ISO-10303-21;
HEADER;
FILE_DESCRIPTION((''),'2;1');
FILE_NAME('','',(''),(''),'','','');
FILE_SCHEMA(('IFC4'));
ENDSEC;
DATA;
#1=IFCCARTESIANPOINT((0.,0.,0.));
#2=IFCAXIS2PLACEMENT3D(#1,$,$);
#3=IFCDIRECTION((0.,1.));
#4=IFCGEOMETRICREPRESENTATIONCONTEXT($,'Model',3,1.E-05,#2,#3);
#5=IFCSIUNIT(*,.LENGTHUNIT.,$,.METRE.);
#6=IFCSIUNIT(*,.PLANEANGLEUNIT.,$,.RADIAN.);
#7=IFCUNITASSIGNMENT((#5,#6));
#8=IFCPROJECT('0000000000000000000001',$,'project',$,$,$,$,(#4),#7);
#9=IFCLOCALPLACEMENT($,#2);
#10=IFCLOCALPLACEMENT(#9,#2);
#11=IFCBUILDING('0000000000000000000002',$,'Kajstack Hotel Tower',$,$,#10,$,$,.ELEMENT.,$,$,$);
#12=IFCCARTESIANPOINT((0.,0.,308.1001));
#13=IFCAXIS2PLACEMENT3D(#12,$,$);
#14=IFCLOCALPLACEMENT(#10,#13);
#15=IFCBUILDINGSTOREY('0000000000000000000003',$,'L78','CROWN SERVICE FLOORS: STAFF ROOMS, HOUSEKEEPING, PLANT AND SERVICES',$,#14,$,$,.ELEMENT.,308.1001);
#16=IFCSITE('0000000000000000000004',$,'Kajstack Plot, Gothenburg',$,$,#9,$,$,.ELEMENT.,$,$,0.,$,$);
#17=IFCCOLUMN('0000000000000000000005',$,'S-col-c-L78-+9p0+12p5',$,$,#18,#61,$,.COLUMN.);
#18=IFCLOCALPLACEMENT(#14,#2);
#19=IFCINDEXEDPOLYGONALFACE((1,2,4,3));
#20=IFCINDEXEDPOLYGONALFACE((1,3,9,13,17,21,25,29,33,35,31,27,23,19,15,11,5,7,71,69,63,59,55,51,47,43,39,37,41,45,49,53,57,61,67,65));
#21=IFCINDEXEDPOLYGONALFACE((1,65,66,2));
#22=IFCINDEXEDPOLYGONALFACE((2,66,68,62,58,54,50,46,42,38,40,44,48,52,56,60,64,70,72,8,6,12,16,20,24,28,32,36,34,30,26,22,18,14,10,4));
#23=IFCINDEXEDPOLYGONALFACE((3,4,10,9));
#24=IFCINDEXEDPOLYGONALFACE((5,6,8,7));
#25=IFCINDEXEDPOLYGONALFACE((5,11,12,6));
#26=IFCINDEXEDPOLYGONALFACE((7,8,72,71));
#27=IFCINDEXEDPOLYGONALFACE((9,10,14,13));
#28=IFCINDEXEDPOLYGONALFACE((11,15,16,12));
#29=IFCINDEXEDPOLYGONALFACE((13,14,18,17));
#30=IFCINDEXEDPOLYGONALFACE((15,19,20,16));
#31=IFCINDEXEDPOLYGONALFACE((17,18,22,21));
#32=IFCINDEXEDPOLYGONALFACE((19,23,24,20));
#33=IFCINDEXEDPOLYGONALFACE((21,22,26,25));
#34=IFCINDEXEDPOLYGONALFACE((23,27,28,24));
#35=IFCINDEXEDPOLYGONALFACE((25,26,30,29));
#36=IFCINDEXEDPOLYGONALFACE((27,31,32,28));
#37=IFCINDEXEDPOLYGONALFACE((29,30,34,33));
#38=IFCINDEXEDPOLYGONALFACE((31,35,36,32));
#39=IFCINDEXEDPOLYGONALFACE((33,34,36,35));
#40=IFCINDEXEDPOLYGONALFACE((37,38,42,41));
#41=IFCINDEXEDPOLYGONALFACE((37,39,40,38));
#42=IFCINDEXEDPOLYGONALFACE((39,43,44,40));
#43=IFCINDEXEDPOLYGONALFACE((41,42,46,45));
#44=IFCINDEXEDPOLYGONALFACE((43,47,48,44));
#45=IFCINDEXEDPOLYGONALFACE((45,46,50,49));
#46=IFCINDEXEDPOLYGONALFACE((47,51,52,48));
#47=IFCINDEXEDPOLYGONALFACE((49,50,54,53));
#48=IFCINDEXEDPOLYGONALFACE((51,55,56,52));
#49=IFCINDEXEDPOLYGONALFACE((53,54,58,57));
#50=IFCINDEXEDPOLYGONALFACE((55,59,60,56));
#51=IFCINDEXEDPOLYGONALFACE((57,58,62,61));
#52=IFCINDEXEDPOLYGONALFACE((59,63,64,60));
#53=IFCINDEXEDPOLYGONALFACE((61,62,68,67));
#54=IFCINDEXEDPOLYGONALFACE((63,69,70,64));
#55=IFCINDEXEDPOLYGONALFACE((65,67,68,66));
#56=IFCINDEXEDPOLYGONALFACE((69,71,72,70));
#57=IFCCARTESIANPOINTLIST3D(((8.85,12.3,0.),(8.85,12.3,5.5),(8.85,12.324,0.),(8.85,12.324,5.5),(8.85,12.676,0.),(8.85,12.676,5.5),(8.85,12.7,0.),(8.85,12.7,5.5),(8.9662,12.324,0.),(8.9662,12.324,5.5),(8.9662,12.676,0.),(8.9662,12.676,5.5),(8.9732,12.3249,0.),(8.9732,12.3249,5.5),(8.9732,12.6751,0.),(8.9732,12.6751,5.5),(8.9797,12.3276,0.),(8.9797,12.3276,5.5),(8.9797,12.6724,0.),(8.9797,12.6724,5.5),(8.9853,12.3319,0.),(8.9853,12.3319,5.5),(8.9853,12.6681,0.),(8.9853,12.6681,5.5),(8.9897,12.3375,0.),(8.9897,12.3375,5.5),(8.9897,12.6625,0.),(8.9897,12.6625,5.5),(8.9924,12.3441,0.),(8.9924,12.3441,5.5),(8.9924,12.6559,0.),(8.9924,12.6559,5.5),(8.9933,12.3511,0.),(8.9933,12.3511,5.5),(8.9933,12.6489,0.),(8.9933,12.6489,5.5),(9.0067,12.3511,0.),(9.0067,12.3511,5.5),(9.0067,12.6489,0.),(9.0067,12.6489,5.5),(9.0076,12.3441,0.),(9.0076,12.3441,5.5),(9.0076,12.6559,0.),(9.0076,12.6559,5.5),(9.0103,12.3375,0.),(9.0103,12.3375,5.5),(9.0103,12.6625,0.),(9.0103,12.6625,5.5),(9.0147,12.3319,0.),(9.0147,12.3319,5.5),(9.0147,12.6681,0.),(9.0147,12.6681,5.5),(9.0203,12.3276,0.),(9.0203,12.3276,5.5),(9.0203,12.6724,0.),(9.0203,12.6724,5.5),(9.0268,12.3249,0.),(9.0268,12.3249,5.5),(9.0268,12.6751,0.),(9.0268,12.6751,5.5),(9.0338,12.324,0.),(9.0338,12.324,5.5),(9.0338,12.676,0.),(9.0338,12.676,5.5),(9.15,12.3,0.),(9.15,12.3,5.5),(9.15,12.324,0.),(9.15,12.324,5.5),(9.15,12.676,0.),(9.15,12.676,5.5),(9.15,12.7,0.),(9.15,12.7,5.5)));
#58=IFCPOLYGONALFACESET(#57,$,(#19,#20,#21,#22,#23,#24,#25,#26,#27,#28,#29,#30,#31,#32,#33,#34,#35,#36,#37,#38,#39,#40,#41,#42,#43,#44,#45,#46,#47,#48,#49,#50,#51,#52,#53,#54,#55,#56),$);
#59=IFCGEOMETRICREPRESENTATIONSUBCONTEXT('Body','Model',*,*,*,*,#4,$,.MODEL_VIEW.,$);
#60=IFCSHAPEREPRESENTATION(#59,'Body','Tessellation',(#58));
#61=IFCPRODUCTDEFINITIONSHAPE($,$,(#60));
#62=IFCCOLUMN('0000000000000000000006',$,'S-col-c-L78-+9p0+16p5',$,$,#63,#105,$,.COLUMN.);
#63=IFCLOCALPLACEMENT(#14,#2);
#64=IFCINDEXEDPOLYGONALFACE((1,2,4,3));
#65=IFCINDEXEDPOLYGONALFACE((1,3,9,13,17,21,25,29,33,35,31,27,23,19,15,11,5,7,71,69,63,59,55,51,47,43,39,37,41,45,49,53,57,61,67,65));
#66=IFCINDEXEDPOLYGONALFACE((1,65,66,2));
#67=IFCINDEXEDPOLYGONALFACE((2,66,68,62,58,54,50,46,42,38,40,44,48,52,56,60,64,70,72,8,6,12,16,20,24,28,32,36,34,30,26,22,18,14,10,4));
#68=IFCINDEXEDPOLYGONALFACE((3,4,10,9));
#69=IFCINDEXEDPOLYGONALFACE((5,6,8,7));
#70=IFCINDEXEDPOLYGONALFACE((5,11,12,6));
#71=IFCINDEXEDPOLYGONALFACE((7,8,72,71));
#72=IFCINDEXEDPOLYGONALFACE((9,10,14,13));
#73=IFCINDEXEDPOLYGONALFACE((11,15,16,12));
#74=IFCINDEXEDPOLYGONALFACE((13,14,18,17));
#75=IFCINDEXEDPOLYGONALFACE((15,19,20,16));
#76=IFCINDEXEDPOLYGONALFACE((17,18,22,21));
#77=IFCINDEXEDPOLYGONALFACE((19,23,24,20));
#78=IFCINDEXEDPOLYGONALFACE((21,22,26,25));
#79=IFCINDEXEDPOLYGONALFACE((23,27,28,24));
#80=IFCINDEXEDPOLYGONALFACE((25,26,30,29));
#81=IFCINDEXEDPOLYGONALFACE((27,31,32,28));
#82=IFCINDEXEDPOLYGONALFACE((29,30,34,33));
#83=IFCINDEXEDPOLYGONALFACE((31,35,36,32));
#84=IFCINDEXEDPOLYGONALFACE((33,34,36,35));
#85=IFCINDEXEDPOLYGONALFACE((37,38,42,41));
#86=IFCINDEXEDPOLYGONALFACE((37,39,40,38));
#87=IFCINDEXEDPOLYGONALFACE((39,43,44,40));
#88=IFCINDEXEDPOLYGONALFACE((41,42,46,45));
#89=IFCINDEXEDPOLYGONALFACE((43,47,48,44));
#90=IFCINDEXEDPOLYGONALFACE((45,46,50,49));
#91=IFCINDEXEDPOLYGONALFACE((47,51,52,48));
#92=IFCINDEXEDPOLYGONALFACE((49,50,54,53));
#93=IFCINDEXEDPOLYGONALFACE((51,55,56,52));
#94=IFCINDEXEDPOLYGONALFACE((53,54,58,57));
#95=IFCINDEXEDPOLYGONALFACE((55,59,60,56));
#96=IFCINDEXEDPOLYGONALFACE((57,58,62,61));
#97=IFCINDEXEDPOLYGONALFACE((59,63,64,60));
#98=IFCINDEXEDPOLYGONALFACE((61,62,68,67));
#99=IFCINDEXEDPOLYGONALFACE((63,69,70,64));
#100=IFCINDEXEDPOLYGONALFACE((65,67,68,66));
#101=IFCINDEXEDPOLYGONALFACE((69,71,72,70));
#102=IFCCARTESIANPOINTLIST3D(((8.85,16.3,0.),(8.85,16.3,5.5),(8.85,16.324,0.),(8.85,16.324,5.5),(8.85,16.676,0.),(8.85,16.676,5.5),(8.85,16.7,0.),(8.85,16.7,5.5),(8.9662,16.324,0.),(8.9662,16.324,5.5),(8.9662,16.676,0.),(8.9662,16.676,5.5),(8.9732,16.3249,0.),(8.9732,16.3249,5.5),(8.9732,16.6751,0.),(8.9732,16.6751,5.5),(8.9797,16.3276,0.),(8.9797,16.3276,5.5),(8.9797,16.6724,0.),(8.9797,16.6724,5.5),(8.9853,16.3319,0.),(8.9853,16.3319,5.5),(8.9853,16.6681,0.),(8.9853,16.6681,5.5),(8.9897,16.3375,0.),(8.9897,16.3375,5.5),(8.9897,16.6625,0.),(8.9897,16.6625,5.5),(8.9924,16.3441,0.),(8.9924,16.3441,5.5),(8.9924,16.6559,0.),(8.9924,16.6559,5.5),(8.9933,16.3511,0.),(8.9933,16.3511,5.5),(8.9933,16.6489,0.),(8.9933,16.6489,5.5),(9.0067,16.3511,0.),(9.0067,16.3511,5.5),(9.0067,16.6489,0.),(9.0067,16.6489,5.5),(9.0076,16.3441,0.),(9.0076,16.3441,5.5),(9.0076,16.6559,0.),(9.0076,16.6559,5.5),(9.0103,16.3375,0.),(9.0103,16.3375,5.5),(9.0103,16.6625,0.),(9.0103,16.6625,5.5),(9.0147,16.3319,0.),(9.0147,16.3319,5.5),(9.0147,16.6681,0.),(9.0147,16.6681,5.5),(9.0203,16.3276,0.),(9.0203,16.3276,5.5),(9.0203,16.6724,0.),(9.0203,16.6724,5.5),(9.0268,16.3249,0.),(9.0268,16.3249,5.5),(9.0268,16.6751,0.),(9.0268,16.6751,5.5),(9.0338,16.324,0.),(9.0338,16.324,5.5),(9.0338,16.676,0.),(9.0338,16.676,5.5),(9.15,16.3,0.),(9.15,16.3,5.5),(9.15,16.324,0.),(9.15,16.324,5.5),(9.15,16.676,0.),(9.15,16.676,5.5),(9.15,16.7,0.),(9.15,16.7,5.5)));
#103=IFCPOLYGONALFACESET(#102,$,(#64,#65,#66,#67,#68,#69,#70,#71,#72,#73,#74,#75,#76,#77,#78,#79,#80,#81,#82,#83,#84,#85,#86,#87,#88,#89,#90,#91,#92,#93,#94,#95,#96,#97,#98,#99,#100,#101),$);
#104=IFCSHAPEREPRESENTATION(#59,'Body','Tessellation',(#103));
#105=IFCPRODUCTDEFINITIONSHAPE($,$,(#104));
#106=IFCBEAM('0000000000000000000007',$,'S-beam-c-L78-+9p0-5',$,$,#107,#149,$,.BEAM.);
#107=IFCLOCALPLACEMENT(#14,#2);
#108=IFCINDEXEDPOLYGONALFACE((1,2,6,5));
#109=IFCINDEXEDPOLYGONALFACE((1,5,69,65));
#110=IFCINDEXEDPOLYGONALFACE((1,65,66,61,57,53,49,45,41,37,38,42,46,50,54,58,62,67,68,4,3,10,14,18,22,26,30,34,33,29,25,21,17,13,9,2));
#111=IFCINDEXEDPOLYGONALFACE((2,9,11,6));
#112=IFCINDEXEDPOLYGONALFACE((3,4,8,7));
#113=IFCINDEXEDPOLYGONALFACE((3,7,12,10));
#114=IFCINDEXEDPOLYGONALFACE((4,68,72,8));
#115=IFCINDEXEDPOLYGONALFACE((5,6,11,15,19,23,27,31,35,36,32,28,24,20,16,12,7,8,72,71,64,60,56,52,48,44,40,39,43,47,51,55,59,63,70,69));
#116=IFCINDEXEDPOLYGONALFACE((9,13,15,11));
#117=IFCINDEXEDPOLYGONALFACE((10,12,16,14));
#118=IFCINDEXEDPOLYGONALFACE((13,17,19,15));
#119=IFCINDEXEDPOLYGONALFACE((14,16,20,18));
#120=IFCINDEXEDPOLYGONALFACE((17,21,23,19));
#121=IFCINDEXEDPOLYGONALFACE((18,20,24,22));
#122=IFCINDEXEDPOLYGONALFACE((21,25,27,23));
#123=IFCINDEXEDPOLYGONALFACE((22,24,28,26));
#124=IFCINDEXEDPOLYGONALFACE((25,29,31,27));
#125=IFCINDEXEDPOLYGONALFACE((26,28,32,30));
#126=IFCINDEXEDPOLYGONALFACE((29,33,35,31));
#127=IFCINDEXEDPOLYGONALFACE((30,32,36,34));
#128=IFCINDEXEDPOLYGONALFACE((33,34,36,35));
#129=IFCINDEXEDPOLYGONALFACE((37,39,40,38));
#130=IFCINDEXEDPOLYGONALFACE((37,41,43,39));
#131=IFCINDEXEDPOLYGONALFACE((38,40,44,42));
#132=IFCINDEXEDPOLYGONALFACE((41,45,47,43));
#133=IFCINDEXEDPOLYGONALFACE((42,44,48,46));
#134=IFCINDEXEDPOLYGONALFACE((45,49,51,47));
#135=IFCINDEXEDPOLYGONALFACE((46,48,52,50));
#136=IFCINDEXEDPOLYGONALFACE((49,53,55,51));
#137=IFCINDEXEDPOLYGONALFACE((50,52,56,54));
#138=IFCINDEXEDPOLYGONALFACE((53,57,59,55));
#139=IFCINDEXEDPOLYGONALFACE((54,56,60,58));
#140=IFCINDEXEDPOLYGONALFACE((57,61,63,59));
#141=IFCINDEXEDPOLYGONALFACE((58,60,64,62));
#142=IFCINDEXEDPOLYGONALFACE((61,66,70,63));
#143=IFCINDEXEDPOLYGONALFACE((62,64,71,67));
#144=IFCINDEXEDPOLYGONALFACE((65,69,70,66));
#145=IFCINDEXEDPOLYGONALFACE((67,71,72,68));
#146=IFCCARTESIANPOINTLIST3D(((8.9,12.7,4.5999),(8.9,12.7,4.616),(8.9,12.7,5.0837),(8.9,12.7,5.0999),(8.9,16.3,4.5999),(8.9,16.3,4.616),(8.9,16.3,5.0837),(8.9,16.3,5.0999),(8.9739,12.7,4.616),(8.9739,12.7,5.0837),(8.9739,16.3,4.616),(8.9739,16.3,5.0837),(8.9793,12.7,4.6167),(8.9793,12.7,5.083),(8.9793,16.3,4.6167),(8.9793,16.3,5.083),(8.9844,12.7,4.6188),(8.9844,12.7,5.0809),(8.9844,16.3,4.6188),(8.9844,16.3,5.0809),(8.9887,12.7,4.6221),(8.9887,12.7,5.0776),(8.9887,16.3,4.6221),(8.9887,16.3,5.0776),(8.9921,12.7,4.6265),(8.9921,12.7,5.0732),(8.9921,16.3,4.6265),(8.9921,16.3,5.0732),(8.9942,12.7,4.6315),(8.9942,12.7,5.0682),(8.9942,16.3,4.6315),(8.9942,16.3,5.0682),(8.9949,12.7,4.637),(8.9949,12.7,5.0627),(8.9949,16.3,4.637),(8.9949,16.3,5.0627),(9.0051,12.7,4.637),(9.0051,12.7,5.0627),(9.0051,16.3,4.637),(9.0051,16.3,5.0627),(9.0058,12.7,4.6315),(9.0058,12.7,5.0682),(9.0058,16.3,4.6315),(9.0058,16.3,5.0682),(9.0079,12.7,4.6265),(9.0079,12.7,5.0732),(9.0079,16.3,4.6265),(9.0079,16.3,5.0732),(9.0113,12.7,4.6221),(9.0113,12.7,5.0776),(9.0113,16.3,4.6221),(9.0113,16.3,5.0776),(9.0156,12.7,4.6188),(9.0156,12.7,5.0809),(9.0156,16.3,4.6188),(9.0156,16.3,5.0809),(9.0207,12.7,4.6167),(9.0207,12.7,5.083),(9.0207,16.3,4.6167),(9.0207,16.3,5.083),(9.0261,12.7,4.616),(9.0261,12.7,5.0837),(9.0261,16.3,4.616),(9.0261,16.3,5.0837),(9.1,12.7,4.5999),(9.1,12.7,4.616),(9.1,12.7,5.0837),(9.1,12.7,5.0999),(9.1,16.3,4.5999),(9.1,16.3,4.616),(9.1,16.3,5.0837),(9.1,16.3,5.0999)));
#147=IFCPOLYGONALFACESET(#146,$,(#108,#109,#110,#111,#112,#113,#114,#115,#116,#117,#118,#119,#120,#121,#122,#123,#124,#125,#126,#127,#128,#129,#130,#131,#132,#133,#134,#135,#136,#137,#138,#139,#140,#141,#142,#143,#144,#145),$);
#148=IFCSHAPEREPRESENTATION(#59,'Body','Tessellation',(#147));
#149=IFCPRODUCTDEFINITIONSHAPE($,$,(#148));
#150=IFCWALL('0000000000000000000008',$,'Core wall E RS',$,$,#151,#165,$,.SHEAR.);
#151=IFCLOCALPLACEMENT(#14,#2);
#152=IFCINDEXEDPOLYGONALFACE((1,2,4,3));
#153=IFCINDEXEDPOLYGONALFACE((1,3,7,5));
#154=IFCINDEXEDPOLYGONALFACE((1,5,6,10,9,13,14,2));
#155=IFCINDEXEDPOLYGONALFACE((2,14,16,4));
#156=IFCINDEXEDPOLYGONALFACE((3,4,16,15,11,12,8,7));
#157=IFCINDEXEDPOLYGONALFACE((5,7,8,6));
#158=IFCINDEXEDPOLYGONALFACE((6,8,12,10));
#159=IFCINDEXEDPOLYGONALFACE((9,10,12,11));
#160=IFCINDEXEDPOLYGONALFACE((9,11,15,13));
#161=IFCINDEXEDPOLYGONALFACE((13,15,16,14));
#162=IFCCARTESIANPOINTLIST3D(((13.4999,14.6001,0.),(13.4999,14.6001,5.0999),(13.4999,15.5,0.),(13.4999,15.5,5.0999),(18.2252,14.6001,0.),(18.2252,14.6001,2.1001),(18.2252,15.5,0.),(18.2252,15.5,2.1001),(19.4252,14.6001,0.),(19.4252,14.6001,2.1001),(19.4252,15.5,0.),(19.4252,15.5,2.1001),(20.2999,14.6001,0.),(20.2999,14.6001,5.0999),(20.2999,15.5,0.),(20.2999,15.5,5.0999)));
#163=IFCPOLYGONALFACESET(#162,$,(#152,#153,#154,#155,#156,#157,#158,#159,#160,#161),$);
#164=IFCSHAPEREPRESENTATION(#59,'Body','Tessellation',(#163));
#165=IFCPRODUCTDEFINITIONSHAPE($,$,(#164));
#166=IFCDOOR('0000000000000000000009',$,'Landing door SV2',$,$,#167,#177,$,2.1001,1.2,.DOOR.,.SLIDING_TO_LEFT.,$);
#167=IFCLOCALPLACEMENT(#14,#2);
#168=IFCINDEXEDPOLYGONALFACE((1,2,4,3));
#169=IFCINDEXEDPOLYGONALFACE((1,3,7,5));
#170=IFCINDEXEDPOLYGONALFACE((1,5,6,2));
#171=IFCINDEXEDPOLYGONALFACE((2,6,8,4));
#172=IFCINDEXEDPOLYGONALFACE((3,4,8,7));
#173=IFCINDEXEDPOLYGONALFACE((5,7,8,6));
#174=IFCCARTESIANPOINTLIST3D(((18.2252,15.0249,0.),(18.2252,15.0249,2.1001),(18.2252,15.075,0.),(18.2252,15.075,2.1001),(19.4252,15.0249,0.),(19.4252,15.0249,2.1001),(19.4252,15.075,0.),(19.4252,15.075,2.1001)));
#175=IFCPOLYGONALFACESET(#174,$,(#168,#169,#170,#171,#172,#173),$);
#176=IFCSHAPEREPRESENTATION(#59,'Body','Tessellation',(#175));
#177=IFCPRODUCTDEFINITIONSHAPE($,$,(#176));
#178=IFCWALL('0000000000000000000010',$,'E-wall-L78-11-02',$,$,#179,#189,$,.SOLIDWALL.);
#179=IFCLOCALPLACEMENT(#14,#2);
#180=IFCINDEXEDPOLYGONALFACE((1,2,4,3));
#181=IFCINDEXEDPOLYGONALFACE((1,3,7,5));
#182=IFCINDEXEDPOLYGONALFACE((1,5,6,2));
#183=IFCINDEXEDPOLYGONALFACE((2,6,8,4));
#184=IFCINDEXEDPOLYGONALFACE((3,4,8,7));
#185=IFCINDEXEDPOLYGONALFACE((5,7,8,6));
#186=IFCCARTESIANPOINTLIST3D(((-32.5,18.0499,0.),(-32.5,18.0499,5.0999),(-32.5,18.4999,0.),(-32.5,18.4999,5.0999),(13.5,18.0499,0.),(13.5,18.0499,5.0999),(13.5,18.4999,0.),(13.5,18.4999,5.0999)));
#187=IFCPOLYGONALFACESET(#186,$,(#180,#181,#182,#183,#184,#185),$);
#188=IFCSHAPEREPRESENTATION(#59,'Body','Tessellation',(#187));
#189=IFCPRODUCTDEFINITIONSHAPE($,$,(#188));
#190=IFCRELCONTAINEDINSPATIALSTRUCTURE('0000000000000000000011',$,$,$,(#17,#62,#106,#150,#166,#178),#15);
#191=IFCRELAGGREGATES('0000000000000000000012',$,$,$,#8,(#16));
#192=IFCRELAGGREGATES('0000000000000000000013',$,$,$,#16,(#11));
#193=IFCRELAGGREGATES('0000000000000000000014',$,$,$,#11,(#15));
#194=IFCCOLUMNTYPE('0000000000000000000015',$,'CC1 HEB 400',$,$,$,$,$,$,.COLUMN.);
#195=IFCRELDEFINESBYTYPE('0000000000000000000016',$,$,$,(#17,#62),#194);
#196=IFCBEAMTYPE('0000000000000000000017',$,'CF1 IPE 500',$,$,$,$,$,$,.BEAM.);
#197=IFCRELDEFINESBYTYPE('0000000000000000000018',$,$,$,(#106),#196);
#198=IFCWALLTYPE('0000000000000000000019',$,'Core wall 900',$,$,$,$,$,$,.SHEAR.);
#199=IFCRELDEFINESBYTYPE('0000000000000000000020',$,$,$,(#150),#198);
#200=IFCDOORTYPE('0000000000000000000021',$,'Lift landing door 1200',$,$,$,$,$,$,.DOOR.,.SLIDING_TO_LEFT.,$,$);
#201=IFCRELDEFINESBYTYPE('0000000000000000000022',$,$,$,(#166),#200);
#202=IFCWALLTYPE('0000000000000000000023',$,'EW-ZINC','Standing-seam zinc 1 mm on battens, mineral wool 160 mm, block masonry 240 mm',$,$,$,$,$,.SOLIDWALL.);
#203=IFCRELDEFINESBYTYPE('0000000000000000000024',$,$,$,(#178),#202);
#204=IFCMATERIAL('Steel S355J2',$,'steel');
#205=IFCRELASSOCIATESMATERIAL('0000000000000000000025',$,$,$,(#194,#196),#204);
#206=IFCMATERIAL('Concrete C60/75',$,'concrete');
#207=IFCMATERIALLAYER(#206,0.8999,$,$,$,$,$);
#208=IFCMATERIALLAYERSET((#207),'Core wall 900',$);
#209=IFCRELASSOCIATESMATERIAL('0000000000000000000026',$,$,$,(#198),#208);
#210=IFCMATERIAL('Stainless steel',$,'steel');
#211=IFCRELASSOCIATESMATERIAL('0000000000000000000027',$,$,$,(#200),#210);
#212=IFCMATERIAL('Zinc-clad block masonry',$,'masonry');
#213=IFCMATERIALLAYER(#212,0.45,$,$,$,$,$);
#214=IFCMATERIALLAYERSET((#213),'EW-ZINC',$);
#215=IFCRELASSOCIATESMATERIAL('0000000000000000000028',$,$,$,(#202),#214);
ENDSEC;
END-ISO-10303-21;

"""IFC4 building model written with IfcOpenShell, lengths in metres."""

from ifc_helpers import new_model, si_unit, direction, frame, frame_2d, origin, origin_2d, place, context, subcontext, project, spatial, rectangle, i_section, extrude, material, layer, layer_set, material_profile, profile_set, type_object, element, fill, save


model = new_model("IFC4")

# Units and contexts
model_context = context("Model", 3, precision=1e-05, world=origin(), true_north=direction((0.0, 1.0)))
body_context = subcontext(model_context, "Body", "Model", "MODEL_VIEW")
ifc_project = project(units=[si_unit("LENGTHUNIT", "METRE"), si_unit("PLANEANGLEUNIT", "RADIAN")], contexts=[model_context])

# Site, building, storey
site_placement = place(None, origin())
site = spatial("IfcSite", under=ifc_project, at=site_placement, Name="Kajstack Plot, Gothenburg", CompositionType="ELEMENT", RefElevation=0.0)
building_placement = place(site_placement, origin())
building = spatial("IfcBuilding", under=site, at=building_placement, Name="Kajstack Hotel Tower", CompositionType="ELEMENT")
storey_placement = place(building_placement, frame((0.0, 0.0, 308.1001)))
storey = spatial("IfcBuildingStorey", under=building, at=storey_placement, Name="L78", Description="CROWN SERVICE FLOORS: STAFF ROOMS, HOUSEKEEPING, PLANT AND SERVICES", CompositionType="ELEMENT", Elevation=308.1001)

# Columns
ifc_material_1 = material(Name="Steel S355J2", Category="steel")
ifc_material_profile_1 = material_profile(ifc_material_1, i_section(OverallWidth=0.3, OverallDepth=0.3999, WebThickness=0.0134, FlangeThickness=0.0239, FilletRadius=0.0271, at=origin_2d()), Name="HEB 400")
ifc_profile_set_1 = profile_set([ifc_material_profile_1], Name="Steel S355J2")
column_type = type_object("IfcColumnType", Name="CC1 HEB 400", PredefinedType="COLUMN", material=ifc_profile_set_1)
for number, where, z_axis, x_axis, name in (
    (1, (9.0, 12.5, 0.0), (0.0, 0.0, 1.0), (1.0, 0.0, 0.0), "S-col-c-L78-+9p0+12p5"),
    (2, (9.0, 16.5, 0.0), (0.0, 0.0, 1.0), (1.0, 0.0, 0.0), "S-col-c-L78-+9p0+16p5"),
):
    element("IfcColumn", number, at=place(storey_placement, frame(where, z_axis=z_axis, x_axis=x_axis)), inside=storey, type_object=column_type, Name=name, PredefinedType="COLUMN", context=body_context, shape_type="SweptSolid", body=[
        extrude(i_section(OverallWidth=0.3, OverallDepth=0.3999, WebThickness=0.0134, FlangeThickness=0.0239, FilletRadius=0.0271, at=origin_2d()), origin(), (0.0, 0.0, 1.0), 5.5),
    ])

# Beam
ifc_material_profile_2 = material_profile(ifc_material_1, i_section(OverallWidth=0.2, OverallDepth=0.5, WebThickness=0.0103, FlangeThickness=0.0161, FilletRadius=0.021, at=origin_2d()), Name="IPE 500")
ifc_profile_set_2 = profile_set([ifc_material_profile_2], Name="Steel S355J2")
beam_type = type_object("IfcBeamType", Name="CF1 IPE 500", PredefinedType="BEAM", material=ifc_profile_set_2)
beam_placement = place(storey_placement, frame((9.0, 12.7, 4.8499), z_axis=(0.0, 1.0, 0.0), x_axis=(-1.0, 0.0, 0.0)))
element("IfcBeam", 3, at=beam_placement, inside=storey, type_object=beam_type, Name="S-beam-c-L78-+9p0-5", PredefinedType="BEAM", context=body_context, shape_type="SweptSolid", body=[
    extrude(i_section(OverallWidth=0.2, OverallDepth=0.5, WebThickness=0.0103, FlangeThickness=0.0161, FilletRadius=0.021, at=origin_2d()), origin(), (0.0, 0.0, 1.0), 3.6001),
])

# Wall, opening, door
ifc_material_2 = material(Name="Concrete C60/75", Category="concrete")
ifc_layer_1 = layer(ifc_material_2, 0.8999)
ifc_layer_set_1 = layer_set([ifc_layer_1], Name="Core wall 900")
wall_type_1 = type_object("IfcWallType", Name="Core wall 900", PredefinedType="SHEAR", material=ifc_layer_set_1)
wall_1_placement = place(storey_placement, frame((13.5, 15.05, 0.0), z_axis=(0.0, 0.0, 1.0), x_axis=(1.0, 0.0, 0.0)))
wall_1 = element("IfcWall", 4, at=wall_1_placement, inside=storey, type_object=wall_type_1, Name="Core wall E RS", PredefinedType="SHEAR", context=body_context, shape_type="SweptSolid", body=[
    extrude(rectangle(XDim=6.8, YDim=0.8999, at=frame_2d((3.3999, 0.0))), origin(), (0.0, 0.0, 1.0), 5.0999),
])
opening_placement = place(wall_1_placement, frame((4.7251, 0.0, 0.0)))
opening = element("IfcOpeningElement", 5, at=opening_placement, cuts=wall_1, PredefinedType="OPENING", context=body_context, shape_type="SweptSolid", body=[
    extrude(rectangle(XDim=1.2, YDim=2.1001, at=frame_2d((0.6001, 1.05))), frame((0.0, 0.46, 0.0), z_axis=(0.0, -1.0, 0.0), x_axis=(1.0, 0.0, 0.0)), (0.0, 0.0, 1.0), 0.9199),
])
ifc_material_3 = material(Name="Stainless steel", Category="steel")
door_type = type_object("IfcDoorType", Name="Lift landing door 1200", OperationType="SLIDING_TO_LEFT", PredefinedType="DOOR", material=ifc_material_3)
door_placement = place(opening_placement, origin())
door = element("IfcDoor", 6, at=door_placement, inside=storey, type_object=door_type, Name="Landing door SV2", OperationType="SLIDING_TO_LEFT", OverallHeight=2.1001, OverallWidth=1.2, PredefinedType="DOOR", context=body_context, shape_type="SweptSolid", body=[
    extrude(rectangle(XDim=1.2, YDim=2.1001, at=frame_2d((0.6001, 1.05))), frame((0.0, 0.0249, 0.0), z_axis=(0.0, -1.0, 0.0), x_axis=(1.0, 0.0, 0.0)), (0.0, 0.0, 1.0), 0.05),
])
fill(opening, door)

# Wall
ifc_material_4 = material(Name="Zinc-clad block masonry", Category="masonry")
ifc_layer_2 = layer(ifc_material_4, 0.45)
ifc_layer_set_2 = layer_set([ifc_layer_2], Name="EW-ZINC")
wall_type_2 = type_object("IfcWallType", Name="EW-ZINC", Description="Standing-seam zinc 1 mm on battens, mineral wool 160 mm, block masonry 240 mm", PredefinedType="SOLIDWALL", material=ifc_layer_set_2)
wall_2_placement = place(storey_placement, frame((13.5, 18.2749, 0.0), z_axis=(0.0, 0.0, 1.0), x_axis=(-1.0, 0.0, 0.0)))
element("IfcWall", 7, at=wall_2_placement, inside=storey, type_object=wall_type_2, Name="E-wall-L78-11-02", PredefinedType="SOLIDWALL", context=body_context, shape_type="SweptSolid", body=[
    extrude(rectangle(XDim=46.0, YDim=0.45, at=frame_2d((23.0, 0.0))), origin(), (0.0, 0.0, 1.0), 5.0999),
])

save(model, "model.ifc")
